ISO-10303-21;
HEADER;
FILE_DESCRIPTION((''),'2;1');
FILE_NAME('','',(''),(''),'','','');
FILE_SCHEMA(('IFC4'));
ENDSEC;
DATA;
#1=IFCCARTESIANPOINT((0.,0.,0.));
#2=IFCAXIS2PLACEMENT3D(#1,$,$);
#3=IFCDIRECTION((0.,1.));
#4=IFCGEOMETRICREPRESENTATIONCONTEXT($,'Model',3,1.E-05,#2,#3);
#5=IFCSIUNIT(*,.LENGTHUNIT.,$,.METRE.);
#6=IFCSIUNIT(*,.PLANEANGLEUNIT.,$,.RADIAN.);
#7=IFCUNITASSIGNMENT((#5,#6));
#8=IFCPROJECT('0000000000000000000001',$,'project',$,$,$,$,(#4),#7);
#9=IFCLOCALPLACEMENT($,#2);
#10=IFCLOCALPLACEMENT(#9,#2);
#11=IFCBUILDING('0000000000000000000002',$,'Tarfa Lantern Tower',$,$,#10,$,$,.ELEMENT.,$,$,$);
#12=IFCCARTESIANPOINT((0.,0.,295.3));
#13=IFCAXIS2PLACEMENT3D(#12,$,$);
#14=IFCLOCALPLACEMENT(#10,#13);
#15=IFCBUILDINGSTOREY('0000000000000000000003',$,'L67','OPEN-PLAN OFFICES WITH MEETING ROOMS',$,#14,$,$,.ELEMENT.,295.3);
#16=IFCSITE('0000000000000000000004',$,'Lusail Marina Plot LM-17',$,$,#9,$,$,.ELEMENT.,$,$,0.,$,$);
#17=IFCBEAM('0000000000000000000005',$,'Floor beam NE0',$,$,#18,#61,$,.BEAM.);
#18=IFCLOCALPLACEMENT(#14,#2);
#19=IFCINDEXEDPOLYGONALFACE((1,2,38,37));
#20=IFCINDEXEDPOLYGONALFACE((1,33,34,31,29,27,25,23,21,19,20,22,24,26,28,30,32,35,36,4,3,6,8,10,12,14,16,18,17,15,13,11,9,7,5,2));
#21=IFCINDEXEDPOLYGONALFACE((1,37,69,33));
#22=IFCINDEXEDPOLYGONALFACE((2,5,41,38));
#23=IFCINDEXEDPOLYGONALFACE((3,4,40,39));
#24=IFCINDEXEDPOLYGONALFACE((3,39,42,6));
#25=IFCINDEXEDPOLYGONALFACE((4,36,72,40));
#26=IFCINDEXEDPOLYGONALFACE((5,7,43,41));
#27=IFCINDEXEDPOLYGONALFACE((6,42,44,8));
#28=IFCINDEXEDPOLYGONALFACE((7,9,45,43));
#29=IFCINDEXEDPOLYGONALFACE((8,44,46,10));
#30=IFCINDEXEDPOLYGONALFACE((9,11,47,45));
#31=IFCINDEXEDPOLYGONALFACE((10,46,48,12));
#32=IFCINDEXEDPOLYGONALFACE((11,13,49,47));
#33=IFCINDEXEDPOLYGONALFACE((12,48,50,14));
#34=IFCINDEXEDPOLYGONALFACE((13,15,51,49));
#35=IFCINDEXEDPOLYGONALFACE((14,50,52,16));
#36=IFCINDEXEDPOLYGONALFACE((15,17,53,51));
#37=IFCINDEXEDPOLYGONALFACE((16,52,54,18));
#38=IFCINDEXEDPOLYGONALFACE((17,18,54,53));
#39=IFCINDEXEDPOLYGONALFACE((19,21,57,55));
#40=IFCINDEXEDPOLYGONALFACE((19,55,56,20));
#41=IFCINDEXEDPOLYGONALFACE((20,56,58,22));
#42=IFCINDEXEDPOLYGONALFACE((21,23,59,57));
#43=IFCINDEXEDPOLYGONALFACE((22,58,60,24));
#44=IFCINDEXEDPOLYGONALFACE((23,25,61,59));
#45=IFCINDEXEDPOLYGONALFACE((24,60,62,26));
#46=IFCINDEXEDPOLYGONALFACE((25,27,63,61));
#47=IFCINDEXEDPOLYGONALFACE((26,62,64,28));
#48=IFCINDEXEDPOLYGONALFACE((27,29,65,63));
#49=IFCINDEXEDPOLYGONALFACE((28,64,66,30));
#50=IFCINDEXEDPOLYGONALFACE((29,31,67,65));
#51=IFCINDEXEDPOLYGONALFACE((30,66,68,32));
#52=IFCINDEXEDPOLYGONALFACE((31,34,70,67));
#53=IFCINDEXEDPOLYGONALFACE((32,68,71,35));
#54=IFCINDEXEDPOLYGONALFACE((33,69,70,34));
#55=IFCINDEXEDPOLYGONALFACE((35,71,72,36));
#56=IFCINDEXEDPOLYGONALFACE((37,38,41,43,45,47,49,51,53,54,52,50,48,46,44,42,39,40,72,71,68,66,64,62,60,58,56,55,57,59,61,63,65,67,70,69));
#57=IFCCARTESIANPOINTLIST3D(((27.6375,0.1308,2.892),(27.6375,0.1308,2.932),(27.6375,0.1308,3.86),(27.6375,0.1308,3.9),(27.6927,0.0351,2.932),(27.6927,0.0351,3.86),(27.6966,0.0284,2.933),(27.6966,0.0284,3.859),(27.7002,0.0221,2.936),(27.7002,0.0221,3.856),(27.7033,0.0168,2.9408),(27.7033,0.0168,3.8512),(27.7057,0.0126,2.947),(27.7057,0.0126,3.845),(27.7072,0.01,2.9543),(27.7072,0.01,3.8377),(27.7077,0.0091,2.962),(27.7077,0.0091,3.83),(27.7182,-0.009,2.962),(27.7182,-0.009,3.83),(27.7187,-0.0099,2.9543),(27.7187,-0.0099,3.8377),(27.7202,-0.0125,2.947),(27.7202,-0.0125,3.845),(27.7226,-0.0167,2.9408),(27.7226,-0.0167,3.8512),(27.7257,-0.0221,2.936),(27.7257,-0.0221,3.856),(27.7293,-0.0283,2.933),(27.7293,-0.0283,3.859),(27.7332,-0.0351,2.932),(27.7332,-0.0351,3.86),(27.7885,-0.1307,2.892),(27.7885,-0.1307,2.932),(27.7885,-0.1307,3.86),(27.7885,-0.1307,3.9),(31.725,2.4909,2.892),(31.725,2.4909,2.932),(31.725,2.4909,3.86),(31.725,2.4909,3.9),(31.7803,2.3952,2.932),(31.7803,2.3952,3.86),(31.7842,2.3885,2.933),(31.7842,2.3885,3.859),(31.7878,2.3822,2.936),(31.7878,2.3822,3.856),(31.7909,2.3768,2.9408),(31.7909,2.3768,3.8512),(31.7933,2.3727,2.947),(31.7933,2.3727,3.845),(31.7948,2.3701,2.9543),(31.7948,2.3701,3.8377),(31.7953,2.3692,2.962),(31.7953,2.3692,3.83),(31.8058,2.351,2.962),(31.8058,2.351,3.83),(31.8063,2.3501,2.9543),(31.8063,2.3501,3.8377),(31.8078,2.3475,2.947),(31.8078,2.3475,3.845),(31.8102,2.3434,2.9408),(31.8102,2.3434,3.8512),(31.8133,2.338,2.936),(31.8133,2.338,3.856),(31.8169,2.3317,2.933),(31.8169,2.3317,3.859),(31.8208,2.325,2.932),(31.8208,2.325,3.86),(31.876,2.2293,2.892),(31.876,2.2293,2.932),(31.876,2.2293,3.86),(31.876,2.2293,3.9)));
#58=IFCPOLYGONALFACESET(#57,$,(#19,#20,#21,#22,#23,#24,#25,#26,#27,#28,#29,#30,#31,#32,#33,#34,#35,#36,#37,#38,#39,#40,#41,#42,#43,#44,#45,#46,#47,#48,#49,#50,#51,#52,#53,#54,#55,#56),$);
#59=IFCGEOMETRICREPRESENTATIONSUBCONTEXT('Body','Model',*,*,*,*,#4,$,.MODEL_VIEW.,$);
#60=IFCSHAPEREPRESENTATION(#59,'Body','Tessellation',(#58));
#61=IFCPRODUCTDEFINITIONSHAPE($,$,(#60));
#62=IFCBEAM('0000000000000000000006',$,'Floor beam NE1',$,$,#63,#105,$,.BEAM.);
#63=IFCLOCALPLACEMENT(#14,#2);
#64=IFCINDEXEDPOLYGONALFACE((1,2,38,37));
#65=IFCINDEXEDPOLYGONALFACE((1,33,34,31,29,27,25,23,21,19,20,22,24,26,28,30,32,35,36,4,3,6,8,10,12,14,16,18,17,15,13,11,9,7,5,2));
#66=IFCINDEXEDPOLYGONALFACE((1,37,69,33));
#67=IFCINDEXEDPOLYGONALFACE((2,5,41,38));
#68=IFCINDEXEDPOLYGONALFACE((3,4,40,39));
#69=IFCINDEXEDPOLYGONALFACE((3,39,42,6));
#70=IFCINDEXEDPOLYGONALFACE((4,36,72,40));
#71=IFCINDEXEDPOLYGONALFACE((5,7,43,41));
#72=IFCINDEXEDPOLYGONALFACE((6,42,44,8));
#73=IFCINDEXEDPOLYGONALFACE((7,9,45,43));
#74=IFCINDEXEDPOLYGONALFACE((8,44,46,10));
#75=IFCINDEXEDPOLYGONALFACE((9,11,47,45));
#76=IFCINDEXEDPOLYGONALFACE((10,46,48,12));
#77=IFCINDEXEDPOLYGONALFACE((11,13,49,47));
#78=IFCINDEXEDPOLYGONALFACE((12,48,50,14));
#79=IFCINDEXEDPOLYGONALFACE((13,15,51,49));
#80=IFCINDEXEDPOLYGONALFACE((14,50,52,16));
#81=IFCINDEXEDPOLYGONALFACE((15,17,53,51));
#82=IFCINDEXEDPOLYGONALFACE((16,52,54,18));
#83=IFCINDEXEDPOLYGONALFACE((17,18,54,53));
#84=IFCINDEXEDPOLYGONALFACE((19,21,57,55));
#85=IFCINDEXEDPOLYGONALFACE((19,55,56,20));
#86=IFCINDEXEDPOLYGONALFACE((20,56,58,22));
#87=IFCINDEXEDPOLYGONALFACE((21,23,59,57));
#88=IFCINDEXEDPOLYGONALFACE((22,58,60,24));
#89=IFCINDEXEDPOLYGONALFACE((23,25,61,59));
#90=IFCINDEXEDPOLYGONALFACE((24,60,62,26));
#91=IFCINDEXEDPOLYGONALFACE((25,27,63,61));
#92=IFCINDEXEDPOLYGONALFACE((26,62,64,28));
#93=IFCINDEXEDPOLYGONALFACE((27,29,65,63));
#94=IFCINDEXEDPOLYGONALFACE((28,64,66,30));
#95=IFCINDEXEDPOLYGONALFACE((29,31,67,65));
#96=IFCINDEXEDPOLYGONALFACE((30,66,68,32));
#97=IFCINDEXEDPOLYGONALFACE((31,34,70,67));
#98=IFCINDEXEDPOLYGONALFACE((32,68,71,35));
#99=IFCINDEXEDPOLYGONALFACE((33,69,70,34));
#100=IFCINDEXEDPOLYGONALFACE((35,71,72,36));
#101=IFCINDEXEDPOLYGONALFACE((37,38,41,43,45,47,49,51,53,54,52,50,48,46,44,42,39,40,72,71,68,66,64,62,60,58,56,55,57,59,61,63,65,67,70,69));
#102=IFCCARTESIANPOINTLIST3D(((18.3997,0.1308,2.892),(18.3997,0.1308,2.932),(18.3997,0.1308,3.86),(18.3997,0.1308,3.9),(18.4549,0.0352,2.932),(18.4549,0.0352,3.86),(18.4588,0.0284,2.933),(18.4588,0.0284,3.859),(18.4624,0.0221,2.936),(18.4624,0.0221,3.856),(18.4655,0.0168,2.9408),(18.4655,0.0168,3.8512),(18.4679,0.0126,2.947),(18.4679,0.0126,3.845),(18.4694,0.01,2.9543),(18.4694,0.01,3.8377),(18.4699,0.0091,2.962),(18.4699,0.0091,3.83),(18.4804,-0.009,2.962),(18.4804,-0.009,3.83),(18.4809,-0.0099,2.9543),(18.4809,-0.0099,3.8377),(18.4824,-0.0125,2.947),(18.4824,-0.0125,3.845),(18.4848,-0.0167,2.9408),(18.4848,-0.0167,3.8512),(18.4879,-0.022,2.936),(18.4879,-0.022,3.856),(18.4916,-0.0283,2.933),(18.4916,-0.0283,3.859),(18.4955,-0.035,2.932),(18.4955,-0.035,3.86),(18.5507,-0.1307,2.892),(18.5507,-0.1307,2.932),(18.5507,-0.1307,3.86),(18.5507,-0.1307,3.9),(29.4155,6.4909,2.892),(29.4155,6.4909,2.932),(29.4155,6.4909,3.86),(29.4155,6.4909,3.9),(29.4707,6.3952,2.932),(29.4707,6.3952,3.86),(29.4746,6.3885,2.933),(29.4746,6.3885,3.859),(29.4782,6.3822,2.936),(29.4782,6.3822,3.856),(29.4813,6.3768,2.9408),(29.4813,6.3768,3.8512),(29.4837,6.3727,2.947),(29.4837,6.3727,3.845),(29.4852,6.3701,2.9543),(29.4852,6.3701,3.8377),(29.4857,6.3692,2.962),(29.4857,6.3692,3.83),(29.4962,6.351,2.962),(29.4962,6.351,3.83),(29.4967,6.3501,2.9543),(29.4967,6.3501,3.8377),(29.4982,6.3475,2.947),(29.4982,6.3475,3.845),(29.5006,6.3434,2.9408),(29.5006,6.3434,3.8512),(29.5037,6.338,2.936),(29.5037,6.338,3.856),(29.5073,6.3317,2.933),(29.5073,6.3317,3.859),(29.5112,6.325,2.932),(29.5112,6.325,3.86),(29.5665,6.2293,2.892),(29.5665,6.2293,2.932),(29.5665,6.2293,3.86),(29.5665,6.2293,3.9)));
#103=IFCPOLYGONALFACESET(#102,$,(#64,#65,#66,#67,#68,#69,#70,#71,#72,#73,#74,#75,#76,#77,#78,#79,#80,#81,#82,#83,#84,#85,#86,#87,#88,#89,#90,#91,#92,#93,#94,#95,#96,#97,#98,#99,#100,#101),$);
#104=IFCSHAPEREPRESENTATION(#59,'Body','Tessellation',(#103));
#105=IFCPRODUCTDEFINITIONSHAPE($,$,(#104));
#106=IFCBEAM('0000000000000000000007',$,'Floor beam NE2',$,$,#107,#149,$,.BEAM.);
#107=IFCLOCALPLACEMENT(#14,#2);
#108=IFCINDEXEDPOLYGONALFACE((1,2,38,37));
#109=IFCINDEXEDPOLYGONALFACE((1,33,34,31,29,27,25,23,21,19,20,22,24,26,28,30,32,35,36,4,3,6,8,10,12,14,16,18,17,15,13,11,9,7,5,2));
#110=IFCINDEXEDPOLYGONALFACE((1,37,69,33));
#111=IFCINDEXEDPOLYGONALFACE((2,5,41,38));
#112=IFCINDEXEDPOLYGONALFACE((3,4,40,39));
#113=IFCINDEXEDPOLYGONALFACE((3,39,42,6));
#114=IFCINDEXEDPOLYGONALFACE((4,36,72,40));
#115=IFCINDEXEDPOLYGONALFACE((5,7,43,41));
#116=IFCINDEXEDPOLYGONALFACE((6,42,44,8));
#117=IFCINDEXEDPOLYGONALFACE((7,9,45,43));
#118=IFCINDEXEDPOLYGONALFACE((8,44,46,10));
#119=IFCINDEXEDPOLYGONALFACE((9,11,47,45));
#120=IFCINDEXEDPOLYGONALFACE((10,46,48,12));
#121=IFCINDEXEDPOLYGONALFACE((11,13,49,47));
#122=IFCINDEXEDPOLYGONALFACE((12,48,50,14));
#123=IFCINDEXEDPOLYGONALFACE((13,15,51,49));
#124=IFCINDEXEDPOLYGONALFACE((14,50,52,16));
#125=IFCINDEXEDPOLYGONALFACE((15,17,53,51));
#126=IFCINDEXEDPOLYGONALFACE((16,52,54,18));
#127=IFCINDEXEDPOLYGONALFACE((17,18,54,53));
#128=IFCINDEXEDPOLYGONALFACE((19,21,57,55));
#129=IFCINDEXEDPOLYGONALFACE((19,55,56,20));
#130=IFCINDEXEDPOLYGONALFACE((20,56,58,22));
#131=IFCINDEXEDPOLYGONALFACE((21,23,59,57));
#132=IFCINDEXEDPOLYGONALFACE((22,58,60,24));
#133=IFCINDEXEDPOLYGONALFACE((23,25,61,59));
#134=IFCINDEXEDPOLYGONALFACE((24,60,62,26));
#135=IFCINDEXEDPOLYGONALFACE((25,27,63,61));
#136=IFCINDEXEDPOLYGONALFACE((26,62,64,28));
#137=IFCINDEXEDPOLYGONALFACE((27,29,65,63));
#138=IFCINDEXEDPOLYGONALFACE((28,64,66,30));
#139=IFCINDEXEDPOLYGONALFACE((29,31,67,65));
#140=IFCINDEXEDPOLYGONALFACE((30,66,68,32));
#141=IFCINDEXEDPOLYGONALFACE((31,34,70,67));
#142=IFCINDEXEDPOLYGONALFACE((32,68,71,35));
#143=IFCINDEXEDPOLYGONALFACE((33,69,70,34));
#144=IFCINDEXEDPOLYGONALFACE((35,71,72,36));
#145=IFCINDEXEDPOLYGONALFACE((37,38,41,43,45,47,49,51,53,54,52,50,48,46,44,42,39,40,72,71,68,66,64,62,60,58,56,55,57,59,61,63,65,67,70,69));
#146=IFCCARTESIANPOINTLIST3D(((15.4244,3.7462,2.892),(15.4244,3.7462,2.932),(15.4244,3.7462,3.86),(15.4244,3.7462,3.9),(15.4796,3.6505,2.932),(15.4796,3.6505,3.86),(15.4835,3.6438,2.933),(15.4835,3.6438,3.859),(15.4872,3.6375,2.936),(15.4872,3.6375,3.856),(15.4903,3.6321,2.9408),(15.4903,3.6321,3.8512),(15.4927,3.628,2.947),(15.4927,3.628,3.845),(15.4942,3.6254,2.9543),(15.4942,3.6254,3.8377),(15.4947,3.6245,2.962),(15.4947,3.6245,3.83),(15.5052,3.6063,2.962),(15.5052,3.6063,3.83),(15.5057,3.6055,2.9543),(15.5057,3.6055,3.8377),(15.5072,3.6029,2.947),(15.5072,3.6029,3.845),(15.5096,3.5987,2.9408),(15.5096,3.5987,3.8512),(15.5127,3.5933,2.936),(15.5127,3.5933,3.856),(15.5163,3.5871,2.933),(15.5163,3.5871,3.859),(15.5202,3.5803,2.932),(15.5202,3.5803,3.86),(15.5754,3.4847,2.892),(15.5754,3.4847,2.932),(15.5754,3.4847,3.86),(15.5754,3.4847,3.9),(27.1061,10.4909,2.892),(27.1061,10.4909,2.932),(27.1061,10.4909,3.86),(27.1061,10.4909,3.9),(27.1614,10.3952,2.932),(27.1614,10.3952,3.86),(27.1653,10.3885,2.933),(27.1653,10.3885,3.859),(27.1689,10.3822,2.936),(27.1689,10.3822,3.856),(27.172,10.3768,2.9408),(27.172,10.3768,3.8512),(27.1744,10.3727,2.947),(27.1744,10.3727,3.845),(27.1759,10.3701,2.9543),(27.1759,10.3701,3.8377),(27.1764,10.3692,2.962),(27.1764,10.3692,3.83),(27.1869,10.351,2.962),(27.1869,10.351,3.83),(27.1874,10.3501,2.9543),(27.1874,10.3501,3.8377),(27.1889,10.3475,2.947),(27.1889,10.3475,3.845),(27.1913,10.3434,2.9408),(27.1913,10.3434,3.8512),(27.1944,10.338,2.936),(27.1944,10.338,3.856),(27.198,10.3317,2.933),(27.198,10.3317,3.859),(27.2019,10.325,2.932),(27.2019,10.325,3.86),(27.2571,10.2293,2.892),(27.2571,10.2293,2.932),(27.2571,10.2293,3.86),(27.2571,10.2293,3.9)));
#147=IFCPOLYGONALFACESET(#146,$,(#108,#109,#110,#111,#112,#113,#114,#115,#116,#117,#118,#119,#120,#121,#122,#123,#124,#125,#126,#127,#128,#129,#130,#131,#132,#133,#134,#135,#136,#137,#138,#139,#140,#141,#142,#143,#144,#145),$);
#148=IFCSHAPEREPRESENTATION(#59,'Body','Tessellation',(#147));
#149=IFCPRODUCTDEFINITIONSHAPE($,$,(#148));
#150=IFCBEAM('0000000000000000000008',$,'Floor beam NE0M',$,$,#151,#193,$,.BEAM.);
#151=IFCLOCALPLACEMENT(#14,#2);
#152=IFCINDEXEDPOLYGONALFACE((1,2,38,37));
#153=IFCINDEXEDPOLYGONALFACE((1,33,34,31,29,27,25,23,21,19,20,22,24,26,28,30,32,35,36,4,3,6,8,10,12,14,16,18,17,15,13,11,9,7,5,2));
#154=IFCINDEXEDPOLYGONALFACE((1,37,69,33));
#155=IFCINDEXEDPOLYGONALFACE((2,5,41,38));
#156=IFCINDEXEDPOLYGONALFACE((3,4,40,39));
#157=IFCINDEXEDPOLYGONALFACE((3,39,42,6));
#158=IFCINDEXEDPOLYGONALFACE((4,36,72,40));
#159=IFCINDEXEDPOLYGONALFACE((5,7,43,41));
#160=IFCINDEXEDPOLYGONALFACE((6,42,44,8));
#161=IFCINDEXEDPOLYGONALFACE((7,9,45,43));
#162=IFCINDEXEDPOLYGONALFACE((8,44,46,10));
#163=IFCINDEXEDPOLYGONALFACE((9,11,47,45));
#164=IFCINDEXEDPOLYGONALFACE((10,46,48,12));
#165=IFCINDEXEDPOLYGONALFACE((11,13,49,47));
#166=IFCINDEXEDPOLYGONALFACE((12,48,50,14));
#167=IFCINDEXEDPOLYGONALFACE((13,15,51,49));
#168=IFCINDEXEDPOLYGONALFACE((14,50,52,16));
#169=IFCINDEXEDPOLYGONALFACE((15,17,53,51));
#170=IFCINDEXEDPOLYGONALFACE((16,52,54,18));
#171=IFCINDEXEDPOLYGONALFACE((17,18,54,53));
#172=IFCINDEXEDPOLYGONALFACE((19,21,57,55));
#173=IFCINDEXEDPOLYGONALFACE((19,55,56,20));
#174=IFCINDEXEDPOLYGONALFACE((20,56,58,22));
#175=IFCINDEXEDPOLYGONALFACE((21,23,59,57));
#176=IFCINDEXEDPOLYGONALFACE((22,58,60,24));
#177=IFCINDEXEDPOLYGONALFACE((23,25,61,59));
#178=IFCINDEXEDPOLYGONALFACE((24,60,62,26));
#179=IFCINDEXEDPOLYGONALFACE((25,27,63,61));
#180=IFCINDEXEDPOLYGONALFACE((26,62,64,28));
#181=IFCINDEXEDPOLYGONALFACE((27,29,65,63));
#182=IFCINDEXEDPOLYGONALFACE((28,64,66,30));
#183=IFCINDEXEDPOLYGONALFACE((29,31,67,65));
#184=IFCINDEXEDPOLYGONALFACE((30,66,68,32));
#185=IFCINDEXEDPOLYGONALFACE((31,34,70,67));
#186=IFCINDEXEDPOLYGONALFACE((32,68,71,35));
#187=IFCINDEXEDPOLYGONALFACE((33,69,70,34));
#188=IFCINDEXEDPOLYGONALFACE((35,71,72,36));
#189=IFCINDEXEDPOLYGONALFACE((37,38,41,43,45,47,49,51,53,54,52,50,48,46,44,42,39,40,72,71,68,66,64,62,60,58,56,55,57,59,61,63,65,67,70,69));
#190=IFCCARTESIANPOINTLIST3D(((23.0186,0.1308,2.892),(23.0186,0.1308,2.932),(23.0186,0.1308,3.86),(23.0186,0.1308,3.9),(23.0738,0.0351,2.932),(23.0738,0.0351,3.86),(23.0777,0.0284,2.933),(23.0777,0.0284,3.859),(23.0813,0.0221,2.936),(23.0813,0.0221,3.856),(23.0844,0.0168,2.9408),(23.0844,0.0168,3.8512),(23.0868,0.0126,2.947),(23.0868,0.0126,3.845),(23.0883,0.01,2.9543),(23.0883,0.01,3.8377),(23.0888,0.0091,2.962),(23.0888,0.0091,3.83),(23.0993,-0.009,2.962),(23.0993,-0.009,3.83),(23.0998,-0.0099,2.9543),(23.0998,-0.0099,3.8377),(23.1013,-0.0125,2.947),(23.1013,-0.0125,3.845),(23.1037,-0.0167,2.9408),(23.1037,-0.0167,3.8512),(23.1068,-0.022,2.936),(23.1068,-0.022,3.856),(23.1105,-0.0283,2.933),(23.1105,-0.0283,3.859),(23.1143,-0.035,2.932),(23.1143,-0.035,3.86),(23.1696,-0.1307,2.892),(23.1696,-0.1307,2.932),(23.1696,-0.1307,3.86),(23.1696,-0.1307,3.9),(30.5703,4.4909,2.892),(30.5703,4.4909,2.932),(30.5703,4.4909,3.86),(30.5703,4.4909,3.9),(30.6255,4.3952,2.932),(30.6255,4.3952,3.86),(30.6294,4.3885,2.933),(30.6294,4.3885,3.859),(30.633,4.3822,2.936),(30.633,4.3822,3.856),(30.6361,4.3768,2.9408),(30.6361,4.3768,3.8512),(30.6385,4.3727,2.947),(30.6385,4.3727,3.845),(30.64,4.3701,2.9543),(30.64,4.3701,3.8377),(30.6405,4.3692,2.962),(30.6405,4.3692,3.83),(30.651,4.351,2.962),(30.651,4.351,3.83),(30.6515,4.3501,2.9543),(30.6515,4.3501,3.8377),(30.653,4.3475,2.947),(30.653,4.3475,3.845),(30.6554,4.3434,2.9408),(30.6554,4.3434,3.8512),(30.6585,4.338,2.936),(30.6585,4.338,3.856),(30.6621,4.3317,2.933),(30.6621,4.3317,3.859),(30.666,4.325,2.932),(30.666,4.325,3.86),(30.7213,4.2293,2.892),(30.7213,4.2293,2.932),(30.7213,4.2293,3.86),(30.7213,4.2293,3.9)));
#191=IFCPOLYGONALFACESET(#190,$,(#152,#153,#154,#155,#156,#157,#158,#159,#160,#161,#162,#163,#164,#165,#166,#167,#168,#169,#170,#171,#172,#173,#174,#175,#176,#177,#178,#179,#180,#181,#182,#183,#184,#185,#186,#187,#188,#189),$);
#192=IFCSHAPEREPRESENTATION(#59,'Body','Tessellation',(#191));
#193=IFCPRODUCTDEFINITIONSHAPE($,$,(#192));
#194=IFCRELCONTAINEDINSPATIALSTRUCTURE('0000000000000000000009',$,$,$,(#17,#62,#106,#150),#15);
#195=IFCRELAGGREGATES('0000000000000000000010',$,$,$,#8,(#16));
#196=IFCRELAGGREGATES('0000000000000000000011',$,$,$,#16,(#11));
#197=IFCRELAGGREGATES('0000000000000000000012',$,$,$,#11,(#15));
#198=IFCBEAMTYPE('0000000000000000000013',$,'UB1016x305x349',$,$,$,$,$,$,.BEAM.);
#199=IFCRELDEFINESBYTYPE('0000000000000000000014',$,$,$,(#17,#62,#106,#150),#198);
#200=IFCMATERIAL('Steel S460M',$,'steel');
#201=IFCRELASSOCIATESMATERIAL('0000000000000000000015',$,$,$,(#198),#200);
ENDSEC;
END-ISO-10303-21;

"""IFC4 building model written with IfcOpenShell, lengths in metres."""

from ifc_helpers import new_model, si_unit, direction, frame, origin, origin_2d, place, context, subcontext, project, spatial, i_section, extrude, material, material_profile, profile_set, type_object, element, save


model = new_model("IFC4")

# Units and contexts
model_context = context("Model", 3, precision=1e-05, world=origin(), true_north=direction((0.0, 1.0)))
body_context = subcontext(model_context, "Body", "Model", "MODEL_VIEW")
ifc_project = project(units=[si_unit("LENGTHUNIT", "METRE"), si_unit("PLANEANGLEUNIT", "RADIAN")], contexts=[model_context])

# Site, building, storey
site_placement = place(None, origin())
site = spatial("IfcSite", under=ifc_project, at=site_placement, Name="Lusail Marina Plot LM-17", CompositionType="ELEMENT", RefElevation=0.0)
building_placement = place(site_placement, origin())
building = spatial("IfcBuilding", under=site, at=building_placement, Name="Tarfa Lantern Tower", CompositionType="ELEMENT")
storey_placement = place(building_placement, frame((0.0, 0.0, 295.3)))
storey = spatial("IfcBuildingStorey", under=building, at=storey_placement, Name="L67", Description="OPEN-PLAN OFFICES WITH MEETING ROOMS", CompositionType="ELEMENT", Elevation=295.3)

# Beams
ifc_material_1 = material(Name="Steel S460M", Category="steel")
ifc_material_profile_1 = material_profile(ifc_material_1, i_section(OverallWidth=0.302, OverallDepth=1.0081, WebThickness=0.021, FlangeThickness=0.04, FilletRadius=0.03, at=origin_2d()), Name="UB1016x305x349")
ifc_profile_set_1 = profile_set([ifc_material_profile_1], Name="Steel S460M")
beam_type_1 = type_object("IfcBeamType", Name="UB1016x305x349", PredefinedType="BEAM", material=ifc_profile_set_1)
beam_1_placement = place(storey_placement, frame((31.8005, 2.3601, 3.396), z_axis=(-0.866016, -0.500016, 0.0), x_axis=(0.500016, -0.866016, 0.0)))
element("IfcBeam", 1, at=beam_1_placement, inside=storey, type_object=beam_type_1, Name="Floor beam NE0", PredefinedType="BEAM", context=body_context, shape_type="SweptSolid", body=[
    extrude(i_section(OverallWidth=0.302, OverallDepth=1.0081, WebThickness=0.021, FlangeThickness=0.04, FilletRadius=0.03, at=origin_2d()), origin(), (0.0, 0.0, 1.0), 4.72),
])
beam_2_placement = place(storey_placement, frame((29.491, 6.3601, 3.396), z_axis=(-0.866022, -0.500005, 0.0), x_axis=(0.500005, -0.866022, 0.0)))
element("IfcBeam", 2, at=beam_2_placement, inside=storey, type_object=beam_type_1, Name="Floor beam NE1", PredefinedType="BEAM", context=body_context, shape_type="SweptSolid", body=[
    extrude(i_section(OverallWidth=0.302, OverallDepth=1.0081, WebThickness=0.021, FlangeThickness=0.04, FilletRadius=0.03, at=origin_2d()), origin(), (0.0, 0.0, 1.0), 12.72),
])
beam_3_placement = place(storey_placement, frame((27.1816, 10.3601, 3.396), z_axis=(-0.866018, -0.500013, 0.0), x_axis=(0.500013, -0.866018, 0.0)))
element("IfcBeam", 3, at=beam_3_placement, inside=storey, type_object=beam_type_1, Name="Floor beam NE2", PredefinedType="BEAM", context=body_context, shape_type="SweptSolid", body=[
    extrude(i_section(OverallWidth=0.302, OverallDepth=1.0081, WebThickness=0.021, FlangeThickness=0.04, FilletRadius=0.03, at=origin_2d()), origin(), (0.0, 0.0, 1.0), 13.489),
])
beam_4_placement = place(storey_placement, frame((30.6458, 4.3601, 3.396), z_axis=(-0.866021, -0.500008, 0.0), x_axis=(0.500008, -0.866021, 0.0)))
element("IfcBeam", 4, at=beam_4_placement, inside=storey, type_object=beam_type_1, Name="Floor beam NE0M", PredefinedType="BEAM", context=body_context, shape_type="SweptSolid", body=[
    extrude(i_section(OverallWidth=0.302, OverallDepth=1.0081, WebThickness=0.021, FlangeThickness=0.04, FilletRadius=0.03, at=origin_2d()), origin(), (0.0, 0.0, 1.0), 8.72),
])

save(model, "model.ifc")
